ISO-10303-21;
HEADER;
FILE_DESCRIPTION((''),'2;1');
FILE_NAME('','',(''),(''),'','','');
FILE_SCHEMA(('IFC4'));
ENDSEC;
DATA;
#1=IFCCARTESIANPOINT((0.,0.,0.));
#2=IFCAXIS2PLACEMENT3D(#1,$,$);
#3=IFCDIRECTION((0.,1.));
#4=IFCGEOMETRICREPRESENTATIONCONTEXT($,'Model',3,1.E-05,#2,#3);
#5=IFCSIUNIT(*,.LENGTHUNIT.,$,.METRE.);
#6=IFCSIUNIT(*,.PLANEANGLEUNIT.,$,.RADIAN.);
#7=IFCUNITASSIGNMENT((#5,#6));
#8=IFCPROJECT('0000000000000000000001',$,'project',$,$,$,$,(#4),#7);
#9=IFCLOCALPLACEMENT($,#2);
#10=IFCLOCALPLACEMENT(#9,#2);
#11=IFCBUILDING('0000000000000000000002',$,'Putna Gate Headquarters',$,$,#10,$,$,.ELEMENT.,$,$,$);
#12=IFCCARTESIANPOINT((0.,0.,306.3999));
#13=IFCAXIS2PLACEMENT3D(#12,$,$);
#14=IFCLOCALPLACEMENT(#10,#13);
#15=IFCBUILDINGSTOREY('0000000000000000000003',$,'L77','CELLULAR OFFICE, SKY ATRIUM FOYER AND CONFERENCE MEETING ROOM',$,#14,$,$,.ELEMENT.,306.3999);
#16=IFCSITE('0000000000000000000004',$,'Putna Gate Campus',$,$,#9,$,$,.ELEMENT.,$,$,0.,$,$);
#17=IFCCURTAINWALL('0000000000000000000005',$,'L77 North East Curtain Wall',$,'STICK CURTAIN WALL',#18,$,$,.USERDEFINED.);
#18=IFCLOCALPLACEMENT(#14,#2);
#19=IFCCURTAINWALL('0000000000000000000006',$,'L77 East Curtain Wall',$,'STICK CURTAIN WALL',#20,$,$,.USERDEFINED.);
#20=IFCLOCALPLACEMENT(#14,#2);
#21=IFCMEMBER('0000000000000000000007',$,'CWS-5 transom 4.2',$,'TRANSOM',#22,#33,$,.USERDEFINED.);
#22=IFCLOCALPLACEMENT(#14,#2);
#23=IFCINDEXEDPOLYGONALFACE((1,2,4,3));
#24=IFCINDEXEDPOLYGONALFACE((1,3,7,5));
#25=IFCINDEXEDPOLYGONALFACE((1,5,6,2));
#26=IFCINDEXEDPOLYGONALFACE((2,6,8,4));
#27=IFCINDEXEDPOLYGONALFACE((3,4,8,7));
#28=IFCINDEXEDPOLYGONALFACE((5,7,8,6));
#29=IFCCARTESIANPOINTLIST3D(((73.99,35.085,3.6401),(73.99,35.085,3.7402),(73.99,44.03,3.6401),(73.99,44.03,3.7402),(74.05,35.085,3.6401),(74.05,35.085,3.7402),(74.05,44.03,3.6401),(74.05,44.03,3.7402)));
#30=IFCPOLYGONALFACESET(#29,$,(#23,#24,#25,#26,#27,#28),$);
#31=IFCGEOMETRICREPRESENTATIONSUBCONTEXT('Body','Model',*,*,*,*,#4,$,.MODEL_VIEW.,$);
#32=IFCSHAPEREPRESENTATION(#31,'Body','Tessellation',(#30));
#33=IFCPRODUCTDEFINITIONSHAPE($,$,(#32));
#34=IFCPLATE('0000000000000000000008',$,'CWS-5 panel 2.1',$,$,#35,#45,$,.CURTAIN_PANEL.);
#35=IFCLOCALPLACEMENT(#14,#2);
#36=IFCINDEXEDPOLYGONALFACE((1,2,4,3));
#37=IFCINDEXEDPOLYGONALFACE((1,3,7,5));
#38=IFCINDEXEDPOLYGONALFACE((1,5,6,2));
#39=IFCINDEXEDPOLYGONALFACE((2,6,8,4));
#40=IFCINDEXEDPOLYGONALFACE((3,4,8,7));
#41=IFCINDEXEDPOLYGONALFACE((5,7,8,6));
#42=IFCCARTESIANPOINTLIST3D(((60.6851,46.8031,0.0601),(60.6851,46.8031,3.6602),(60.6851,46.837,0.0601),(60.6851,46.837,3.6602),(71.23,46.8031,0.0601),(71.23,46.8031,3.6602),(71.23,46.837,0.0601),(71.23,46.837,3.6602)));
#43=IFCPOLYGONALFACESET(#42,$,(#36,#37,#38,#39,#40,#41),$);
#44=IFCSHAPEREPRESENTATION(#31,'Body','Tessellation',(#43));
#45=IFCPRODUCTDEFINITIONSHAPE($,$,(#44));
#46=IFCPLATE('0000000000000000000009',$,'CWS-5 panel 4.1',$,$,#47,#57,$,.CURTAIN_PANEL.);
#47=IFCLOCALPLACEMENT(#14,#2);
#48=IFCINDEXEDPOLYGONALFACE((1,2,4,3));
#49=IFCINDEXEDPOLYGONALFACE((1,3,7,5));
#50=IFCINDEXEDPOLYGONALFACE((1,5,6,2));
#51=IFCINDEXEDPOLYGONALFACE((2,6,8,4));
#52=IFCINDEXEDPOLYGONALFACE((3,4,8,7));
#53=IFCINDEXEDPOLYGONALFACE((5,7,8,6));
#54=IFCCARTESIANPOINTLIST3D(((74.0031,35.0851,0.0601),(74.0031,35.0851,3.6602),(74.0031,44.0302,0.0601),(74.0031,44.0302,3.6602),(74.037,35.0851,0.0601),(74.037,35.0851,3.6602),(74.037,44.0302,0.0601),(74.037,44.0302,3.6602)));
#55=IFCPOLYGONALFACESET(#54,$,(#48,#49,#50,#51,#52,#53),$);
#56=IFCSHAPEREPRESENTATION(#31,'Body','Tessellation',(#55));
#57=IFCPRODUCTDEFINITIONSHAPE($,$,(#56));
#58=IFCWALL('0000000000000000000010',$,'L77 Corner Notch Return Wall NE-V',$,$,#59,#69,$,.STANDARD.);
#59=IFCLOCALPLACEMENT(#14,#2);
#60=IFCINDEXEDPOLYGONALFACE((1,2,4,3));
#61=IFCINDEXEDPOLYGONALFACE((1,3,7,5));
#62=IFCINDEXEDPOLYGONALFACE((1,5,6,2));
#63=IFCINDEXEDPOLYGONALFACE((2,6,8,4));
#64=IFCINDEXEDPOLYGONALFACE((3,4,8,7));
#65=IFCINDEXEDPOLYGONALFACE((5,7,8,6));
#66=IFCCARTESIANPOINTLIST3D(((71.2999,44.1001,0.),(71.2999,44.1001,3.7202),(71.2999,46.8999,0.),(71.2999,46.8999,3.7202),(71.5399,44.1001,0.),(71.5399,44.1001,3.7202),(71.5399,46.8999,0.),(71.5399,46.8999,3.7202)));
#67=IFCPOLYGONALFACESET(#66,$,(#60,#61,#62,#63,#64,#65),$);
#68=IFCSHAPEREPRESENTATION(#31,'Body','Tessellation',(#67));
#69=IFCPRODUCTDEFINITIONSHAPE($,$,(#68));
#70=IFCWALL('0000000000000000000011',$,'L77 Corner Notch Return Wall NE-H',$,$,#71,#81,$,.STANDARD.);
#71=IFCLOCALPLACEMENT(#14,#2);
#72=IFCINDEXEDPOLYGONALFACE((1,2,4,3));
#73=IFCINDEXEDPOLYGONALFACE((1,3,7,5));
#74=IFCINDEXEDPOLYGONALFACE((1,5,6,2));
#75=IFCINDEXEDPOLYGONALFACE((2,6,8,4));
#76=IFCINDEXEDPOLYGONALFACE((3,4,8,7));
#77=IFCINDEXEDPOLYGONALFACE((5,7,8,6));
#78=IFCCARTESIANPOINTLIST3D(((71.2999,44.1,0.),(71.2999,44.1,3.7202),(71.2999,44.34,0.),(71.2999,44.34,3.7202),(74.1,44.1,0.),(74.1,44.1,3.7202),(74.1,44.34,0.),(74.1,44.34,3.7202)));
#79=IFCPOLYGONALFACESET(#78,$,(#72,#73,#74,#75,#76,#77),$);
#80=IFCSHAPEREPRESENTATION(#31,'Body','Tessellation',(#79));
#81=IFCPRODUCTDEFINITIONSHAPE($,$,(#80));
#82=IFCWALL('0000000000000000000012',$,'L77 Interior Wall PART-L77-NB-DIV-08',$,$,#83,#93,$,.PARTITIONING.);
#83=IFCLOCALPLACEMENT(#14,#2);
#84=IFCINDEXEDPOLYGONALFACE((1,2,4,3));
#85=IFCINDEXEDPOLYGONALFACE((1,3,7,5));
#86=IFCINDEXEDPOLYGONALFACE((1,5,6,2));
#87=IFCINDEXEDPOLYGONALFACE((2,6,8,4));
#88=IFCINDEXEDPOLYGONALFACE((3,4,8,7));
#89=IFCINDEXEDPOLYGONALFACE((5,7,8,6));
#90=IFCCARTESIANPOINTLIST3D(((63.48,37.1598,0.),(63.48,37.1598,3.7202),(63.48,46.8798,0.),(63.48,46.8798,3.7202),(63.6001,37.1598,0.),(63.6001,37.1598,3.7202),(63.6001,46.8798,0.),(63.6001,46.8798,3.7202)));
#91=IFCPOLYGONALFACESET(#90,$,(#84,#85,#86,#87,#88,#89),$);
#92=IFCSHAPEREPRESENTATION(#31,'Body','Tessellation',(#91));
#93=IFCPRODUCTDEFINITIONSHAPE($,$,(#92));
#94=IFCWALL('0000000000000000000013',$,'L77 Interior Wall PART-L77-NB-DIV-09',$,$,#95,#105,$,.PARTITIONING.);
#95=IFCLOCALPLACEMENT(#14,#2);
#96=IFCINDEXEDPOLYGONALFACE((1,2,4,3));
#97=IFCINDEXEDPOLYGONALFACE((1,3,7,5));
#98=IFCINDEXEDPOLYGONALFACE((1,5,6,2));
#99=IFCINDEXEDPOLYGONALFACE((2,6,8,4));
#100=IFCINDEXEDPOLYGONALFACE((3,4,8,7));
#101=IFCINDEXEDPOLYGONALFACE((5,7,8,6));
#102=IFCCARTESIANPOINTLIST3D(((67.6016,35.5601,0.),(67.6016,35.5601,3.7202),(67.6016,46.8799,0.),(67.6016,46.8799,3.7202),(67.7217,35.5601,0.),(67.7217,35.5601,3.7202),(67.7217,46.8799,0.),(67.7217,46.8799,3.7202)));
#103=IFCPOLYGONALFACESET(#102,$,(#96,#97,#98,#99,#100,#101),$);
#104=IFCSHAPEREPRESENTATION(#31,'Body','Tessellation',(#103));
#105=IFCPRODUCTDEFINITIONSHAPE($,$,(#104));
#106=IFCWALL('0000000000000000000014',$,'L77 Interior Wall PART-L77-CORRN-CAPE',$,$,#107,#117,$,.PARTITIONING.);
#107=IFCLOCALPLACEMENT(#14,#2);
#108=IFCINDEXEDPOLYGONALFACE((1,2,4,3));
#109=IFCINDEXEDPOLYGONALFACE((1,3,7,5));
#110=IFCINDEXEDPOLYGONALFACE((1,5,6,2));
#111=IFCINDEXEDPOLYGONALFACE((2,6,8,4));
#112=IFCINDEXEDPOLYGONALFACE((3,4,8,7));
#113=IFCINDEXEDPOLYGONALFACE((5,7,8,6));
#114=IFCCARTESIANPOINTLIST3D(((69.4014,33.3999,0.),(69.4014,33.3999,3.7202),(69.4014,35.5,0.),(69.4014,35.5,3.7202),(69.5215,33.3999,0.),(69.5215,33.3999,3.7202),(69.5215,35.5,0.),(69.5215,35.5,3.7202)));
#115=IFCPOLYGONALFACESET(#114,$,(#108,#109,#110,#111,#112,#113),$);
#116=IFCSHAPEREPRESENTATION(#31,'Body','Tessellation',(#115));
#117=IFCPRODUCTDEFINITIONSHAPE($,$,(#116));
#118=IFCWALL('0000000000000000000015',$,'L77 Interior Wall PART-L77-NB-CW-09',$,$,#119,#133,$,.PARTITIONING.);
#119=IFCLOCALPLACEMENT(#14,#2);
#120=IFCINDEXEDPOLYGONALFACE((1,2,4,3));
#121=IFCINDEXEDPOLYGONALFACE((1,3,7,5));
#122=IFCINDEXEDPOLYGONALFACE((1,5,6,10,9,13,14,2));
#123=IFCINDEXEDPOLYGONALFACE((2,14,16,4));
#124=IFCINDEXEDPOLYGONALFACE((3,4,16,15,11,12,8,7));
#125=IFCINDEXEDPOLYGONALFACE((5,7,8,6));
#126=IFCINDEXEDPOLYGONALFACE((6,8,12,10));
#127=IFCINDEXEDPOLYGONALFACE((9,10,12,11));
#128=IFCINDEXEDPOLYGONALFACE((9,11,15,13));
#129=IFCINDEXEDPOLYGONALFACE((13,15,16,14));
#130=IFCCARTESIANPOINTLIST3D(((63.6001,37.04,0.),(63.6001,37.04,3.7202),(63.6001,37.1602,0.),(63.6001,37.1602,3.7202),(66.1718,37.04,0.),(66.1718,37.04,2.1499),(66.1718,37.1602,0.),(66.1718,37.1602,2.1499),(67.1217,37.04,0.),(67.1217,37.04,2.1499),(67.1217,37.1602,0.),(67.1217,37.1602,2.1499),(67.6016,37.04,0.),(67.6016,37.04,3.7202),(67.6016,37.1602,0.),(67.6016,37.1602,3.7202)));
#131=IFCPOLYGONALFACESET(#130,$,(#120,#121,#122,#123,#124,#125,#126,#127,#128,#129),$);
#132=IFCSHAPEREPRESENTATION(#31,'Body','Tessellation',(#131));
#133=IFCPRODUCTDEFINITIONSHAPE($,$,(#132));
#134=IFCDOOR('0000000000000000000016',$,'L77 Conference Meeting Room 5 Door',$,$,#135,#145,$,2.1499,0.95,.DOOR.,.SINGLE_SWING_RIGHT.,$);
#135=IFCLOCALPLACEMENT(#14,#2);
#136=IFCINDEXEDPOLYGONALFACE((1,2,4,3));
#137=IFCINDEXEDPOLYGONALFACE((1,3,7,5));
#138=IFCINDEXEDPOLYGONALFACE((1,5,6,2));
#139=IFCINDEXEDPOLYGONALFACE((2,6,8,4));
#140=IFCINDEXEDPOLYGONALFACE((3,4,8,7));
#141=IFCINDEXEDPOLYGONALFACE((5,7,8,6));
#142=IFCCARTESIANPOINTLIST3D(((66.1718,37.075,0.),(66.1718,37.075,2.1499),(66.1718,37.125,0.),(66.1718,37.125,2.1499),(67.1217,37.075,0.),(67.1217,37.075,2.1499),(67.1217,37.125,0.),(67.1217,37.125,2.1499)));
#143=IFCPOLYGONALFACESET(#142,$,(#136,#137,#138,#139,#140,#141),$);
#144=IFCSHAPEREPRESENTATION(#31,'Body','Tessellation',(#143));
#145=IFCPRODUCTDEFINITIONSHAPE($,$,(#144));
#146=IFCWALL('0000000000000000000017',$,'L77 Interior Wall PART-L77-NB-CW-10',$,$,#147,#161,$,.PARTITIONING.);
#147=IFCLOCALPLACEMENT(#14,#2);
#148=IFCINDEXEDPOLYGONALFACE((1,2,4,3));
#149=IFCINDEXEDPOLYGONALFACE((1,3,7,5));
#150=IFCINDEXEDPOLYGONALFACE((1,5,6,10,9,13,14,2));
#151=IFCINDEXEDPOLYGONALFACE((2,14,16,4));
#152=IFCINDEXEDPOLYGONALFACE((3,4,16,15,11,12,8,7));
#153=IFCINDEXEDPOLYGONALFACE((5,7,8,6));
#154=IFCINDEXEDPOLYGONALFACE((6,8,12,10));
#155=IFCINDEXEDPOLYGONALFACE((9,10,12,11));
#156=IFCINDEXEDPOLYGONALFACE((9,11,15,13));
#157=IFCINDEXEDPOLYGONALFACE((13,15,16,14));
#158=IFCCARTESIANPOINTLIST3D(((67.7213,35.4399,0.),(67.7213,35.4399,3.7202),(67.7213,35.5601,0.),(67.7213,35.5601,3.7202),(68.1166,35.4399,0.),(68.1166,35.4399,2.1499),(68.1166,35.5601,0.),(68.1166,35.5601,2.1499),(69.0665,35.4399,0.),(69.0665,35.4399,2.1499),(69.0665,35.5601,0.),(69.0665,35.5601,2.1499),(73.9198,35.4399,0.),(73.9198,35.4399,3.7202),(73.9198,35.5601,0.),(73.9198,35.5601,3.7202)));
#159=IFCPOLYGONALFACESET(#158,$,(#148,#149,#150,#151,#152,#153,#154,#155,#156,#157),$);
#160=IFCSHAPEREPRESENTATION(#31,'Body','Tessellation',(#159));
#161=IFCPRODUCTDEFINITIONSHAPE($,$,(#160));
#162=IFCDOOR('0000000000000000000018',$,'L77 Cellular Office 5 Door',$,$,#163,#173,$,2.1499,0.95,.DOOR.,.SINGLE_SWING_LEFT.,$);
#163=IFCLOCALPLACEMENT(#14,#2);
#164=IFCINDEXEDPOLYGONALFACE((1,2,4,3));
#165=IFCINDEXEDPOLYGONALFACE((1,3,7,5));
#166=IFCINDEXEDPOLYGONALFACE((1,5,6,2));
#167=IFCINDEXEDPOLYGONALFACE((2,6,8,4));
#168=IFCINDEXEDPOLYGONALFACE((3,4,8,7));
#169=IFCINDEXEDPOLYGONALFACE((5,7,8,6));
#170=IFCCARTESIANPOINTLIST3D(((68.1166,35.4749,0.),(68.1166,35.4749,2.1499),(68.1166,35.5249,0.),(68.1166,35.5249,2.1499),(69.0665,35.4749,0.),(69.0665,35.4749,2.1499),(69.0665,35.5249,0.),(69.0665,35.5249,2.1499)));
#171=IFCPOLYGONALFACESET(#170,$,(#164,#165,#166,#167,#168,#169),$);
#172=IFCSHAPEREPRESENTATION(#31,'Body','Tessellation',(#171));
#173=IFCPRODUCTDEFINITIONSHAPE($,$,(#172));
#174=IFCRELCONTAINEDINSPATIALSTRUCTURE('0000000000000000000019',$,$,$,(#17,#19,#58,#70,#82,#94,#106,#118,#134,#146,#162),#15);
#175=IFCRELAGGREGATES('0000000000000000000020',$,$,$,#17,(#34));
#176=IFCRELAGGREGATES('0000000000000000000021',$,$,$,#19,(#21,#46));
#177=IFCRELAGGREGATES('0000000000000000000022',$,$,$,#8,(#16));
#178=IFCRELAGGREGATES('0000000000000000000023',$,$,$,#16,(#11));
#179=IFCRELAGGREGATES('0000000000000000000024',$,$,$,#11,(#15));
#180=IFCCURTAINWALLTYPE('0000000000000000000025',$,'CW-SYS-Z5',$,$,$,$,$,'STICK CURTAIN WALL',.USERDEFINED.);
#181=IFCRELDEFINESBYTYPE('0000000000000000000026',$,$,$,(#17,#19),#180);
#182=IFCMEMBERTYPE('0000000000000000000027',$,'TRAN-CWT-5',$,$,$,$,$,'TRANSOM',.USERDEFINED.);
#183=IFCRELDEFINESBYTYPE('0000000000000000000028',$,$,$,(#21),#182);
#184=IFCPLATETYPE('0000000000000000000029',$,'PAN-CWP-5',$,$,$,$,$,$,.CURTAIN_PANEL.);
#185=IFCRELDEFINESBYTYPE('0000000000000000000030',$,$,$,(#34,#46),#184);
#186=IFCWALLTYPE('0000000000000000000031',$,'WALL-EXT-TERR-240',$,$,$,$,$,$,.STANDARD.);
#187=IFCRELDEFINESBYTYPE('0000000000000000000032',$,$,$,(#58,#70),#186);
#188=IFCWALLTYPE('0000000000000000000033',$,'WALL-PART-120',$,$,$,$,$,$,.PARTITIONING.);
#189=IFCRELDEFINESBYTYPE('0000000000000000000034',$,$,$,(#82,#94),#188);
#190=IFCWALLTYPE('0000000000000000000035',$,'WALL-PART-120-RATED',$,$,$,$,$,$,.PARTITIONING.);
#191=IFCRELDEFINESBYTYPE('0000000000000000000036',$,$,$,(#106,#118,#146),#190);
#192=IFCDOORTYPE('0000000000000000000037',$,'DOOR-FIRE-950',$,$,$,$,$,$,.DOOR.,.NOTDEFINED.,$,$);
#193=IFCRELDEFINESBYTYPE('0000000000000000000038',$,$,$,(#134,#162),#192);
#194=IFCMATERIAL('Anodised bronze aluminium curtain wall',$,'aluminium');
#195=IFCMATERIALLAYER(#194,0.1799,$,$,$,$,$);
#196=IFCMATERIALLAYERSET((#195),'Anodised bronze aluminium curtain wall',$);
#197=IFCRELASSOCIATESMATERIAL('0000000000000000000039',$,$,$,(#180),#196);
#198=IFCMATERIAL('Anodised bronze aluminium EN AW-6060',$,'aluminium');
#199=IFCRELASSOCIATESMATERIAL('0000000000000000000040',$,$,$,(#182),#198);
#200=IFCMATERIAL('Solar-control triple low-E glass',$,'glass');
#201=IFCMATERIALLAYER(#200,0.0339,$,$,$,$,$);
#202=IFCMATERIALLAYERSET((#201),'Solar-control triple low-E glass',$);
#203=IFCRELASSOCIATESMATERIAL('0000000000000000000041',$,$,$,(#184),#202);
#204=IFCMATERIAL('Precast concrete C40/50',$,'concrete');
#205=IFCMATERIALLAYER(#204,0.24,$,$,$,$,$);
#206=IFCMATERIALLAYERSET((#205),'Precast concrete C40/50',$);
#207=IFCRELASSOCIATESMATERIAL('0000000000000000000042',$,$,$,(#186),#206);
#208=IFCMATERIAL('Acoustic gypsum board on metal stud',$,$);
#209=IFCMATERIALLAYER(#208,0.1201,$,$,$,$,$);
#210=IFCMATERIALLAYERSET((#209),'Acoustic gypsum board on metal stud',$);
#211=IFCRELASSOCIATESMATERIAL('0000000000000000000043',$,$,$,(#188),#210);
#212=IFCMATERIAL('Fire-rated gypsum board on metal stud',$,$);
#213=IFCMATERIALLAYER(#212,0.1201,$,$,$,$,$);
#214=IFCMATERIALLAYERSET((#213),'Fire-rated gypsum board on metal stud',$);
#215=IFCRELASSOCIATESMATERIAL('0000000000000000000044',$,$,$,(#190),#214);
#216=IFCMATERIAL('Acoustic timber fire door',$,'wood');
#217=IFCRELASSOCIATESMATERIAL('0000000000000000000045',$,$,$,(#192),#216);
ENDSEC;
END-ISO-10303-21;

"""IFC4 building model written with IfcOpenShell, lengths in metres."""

from ifc_helpers import new_model, si_unit, direction, frame, frame_2d, origin, origin_2d, place, context, subcontext, project, spatial, rectangle, extrude, material, layer, layer_set, material_profile, profile_set, type_object, element, fill, aggregate, save


model = new_model("IFC4")

# Units and contexts
model_context = context("Model", 3, precision=1e-05, world=origin(), true_north=direction((0.0, 1.0)))
body_context = subcontext(model_context, "Body", "Model", "MODEL_VIEW")
ifc_project = project(units=[si_unit("LENGTHUNIT", "METRE"), si_unit("PLANEANGLEUNIT", "RADIAN")], contexts=[model_context])

# Site, building, storey
site_placement = place(None, origin())
site = spatial("IfcSite", under=ifc_project, at=site_placement, Name="Putna Gate Campus", CompositionType="ELEMENT", RefElevation=0.0)
building_placement = place(site_placement, origin())
building = spatial("IfcBuilding", under=site, at=building_placement, Name="Putna Gate Headquarters", CompositionType="ELEMENT")
storey_placement = place(building_placement, frame((0.0, 0.0, 306.3999)))
storey = spatial("IfcBuildingStorey", under=building, at=storey_placement, Name="L77", Description="CELLULAR OFFICE, SKY ATRIUM FOYER AND CONFERENCE MEETING ROOM", CompositionType="ELEMENT", Elevation=306.3999)

# Curtain walls
ifc_material_1 = material(Name="Anodised bronze aluminium curtain wall", Category="aluminium")
ifc_layer_1 = layer(ifc_material_1, 0.1799)
ifc_layer_set_1 = layer_set([ifc_layer_1], Name="Anodised bronze aluminium curtain wall")
curtain_wall_type = type_object("IfcCurtainWallType", Name="CW-SYS-Z5", ElementType="STICK CURTAIN WALL", PredefinedType="USERDEFINED", material=ifc_layer_set_1)
curtain_wall_1_placement = place(storey_placement, origin())
curtain_wall_1 = element("IfcCurtainWall", 1, at=curtain_wall_1_placement, inside=storey, type_object=curtain_wall_type, Name="L77 North East Curtain Wall", ObjectType="STICK CURTAIN WALL", PredefinedType="USERDEFINED")
ifc_material_2 = material(Name="Anodised bronze aluminium EN AW-6060", Category="aluminium")
curtain_wall_2_placement = place(storey_placement, origin())
curtain_wall_2 = element("IfcCurtainWall", 2, at=curtain_wall_2_placement, inside=storey, type_object=curtain_wall_type, Name="L77 East Curtain Wall", ObjectType="STICK CURTAIN WALL", PredefinedType="USERDEFINED")

# Member
ifc_material_profile_1 = material_profile(ifc_material_2, rectangle(XDim=0.0601, YDim=0.1001, at=origin_2d()), Name="Anodised bronze aluminium EN AW-6060")
ifc_profile_set_1 = profile_set([ifc_material_profile_1], Name="Anodised bronze aluminium EN AW-6060")
member_type_1 = type_object("IfcMemberType", Name="TRAN-CWT-5", ElementType="TRANSOM", PredefinedType="USERDEFINED", material=ifc_profile_set_1)
member_1_placement = place(storey_placement, frame((74.02, 35.085, 3.6902), z_axis=(0.0, 1.0, 0.0), x_axis=(-1.0, 0.0, 0.0)))
member_1 = element("IfcMember", 3, at=member_1_placement, type_object=member_type_1, Name="CWS-5 transom 4.2", ObjectType="TRANSOM", PredefinedType="USERDEFINED", context=body_context, shape_type="SweptSolid", body=[
    extrude(rectangle(XDim=0.0601, YDim=0.1001, at=origin_2d()), origin(), (0.0, 0.0, 1.0), 8.9451),
])

# Plates
ifc_material_3 = material(Name="Solar-control triple low-E glass", Category="glass")
ifc_layer_2 = layer(ifc_material_3, 0.0339)
ifc_layer_set_2 = layer_set([ifc_layer_2], Name="Solar-control triple low-E glass")
plate_type = type_object("IfcPlateType", Name="PAN-CWP-5", PredefinedType="CURTAIN_PANEL", material=ifc_layer_set_2)
plate_1_placement = place(storey_placement, frame((65.9575, 46.8201, 0.0601), z_axis=(0.0, 0.0, 1.0), x_axis=(1.0, 0.0, 0.0)))
plate_1 = element("IfcPlate", 4, at=plate_1_placement, type_object=plate_type, Name="CWS-5 panel 2.1", PredefinedType="CURTAIN_PANEL", context=body_context, shape_type="SweptSolid", body=[
    extrude(rectangle(XDim=10.5449, YDim=0.0339, at=origin_2d()), origin(), (0.0, 0.0, 1.0), 3.6001),
])
aggregate(curtain_wall_1, [plate_1])
plate_2_placement = place(storey_placement, frame((74.02, 39.5576, 0.0601), z_axis=(0.0, 0.0, 1.0), x_axis=(0.0, 1.0, 0.0)))
plate_2 = element("IfcPlate", 5, at=plate_2_placement, type_object=plate_type, Name="CWS-5 panel 4.1", PredefinedType="CURTAIN_PANEL", context=body_context, shape_type="SweptSolid", body=[
    extrude(rectangle(XDim=8.9451, YDim=0.0339, at=origin_2d()), origin(), (0.0, 0.0, 1.0), 3.6001),
])
aggregate(curtain_wall_2, [member_1, plate_2])

# Walls
ifc_material_4 = material(Name="Precast concrete C40/50", Category="concrete")
ifc_layer_3 = layer(ifc_material_4, 0.24)
ifc_layer_set_3 = layer_set([ifc_layer_3], Name="Precast concrete C40/50")
wall_type_1 = type_object("IfcWallType", Name="WALL-EXT-TERR-240", PredefinedType="STANDARD", material=ifc_layer_set_3)
wall_1_placement = place(storey_placement, frame((71.4199, 46.8999, 0.0), z_axis=(0.0, 0.0, 1.0), x_axis=(0.0, -1.0, 0.0)))
element("IfcWall", 6, at=wall_1_placement, inside=storey, type_object=wall_type_1, Name="L77 Corner Notch Return Wall NE-V", PredefinedType="STANDARD", context=body_context, shape_type="SweptSolid", body=[
    extrude(rectangle(XDim=2.7998, YDim=0.24, at=frame_2d((1.3999, 0.0))), origin(), (0.0, 0.0, 1.0), 3.7202),
])
wall_2_placement = place(storey_placement, frame((71.3, 44.22, 0.0), z_axis=(0.0, 0.0, 1.0), x_axis=(1.0, 0.0, 0.0)))
element("IfcWall", 7, at=wall_2_placement, inside=storey, type_object=wall_type_1, Name="L77 Corner Notch Return Wall NE-H", PredefinedType="STANDARD", context=body_context, shape_type="SweptSolid", body=[
    extrude(rectangle(XDim=2.8, YDim=0.24, at=frame_2d((1.3999, 0.0))), origin(), (0.0, 0.0, 1.0), 3.7202),
])
ifc_material_5 = material(Name="Acoustic gypsum board on metal stud")
ifc_layer_4 = layer(ifc_material_5, 0.1201)
ifc_layer_set_4 = layer_set([ifc_layer_4], Name="Acoustic gypsum board on metal stud")
wall_type_2 = type_object("IfcWallType", Name="WALL-PART-120", PredefinedType="PARTITIONING", material=ifc_layer_set_4)
wall_3_placement = place(storey_placement, frame((63.54, 37.1599, 0.0), z_axis=(0.0, 0.0, 1.0), x_axis=(0.0, 1.0, 0.0)))
element("IfcWall", 8, at=wall_3_placement, inside=storey, type_object=wall_type_2, Name="L77 Interior Wall PART-L77-NB-DIV-08", PredefinedType="PARTITIONING", context=body_context, shape_type="SweptSolid", body=[
    extrude(rectangle(XDim=9.72, YDim=0.1201, at=frame_2d((4.8599, 0.0))), origin(), (0.0, 0.0, 1.0), 3.7202),
])
wall_4_placement = place(storey_placement, frame((67.6616, 35.5601, 0.0), z_axis=(0.0, 0.0, 1.0), x_axis=(0.0, 1.0, 0.0)))
element("IfcWall", 9, at=wall_4_placement, inside=storey, type_object=wall_type_2, Name="L77 Interior Wall PART-L77-NB-DIV-09", PredefinedType="PARTITIONING", context=body_context, shape_type="SweptSolid", body=[
    extrude(rectangle(XDim=11.3198, YDim=0.1201, at=frame_2d((5.6599, 0.0))), origin(), (0.0, 0.0, 1.0), 3.7202),
])
ifc_material_6 = material(Name="Fire-rated gypsum board on metal stud")
ifc_layer_5 = layer(ifc_material_6, 0.1201)
ifc_layer_set_5 = layer_set([ifc_layer_5], Name="Fire-rated gypsum board on metal stud")
wall_type_3 = type_object("IfcWallType", Name="WALL-PART-120-RATED", PredefinedType="PARTITIONING", material=ifc_layer_set_5)
wall_5_placement = place(storey_placement, frame((69.4614, 33.3999, 0.0), z_axis=(0.0, 0.0, 1.0), x_axis=(0.0, 1.0, 0.0)))
element("IfcWall", 10, at=wall_5_placement, inside=storey, type_object=wall_type_3, Name="L77 Interior Wall PART-L77-CORRN-CAPE", PredefinedType="PARTITIONING", context=body_context, shape_type="SweptSolid", body=[
    extrude(rectangle(XDim=2.1001, YDim=0.1201, at=frame_2d((1.05, 0.0))), origin(), (0.0, 0.0, 1.0), 3.7202),
])

# Walls, openings, doors
wall_6_placement = place(storey_placement, frame((63.6001, 37.1001, 0.0), z_axis=(0.0, 0.0, 1.0), x_axis=(1.0, 0.0, 0.0)))
wall_6 = element("IfcWall", 11, at=wall_6_placement, inside=storey, type_object=wall_type_3, Name="L77 Interior Wall PART-L77-NB-CW-09", PredefinedType="PARTITIONING", context=body_context, shape_type="SweptSolid", body=[
    extrude(rectangle(XDim=4.0015, YDim=0.1201, at=frame_2d((2.0007, 0.0))), origin(), (0.0, 0.0, 1.0), 3.7202),
])
opening_1_placement = place(wall_6_placement, frame((2.5715, 0.0, 0.0)))
opening_1 = element("IfcOpeningElement", 12, at=opening_1_placement, cuts=wall_6, PredefinedType="OPENING", context=body_context, shape_type="SweptSolid", body=[
    extrude(rectangle(XDim=0.95, YDim=2.1499, at=frame_2d((0.4751, 1.075))), frame((0.0, 0.0701, 0.0), z_axis=(0.0, -1.0, 0.0), x_axis=(1.0, 0.0, 0.0)), (0.0, 0.0, 1.0), 0.1401),
])
ifc_material_7 = material(Name="Acoustic timber fire door", Category="wood")
door_type = type_object("IfcDoorType", Name="DOOR-FIRE-950", OperationType="NOTDEFINED", PredefinedType="DOOR", material=ifc_material_7)
door_1_placement = place(opening_1_placement, origin())
door_1 = element("IfcDoor", 13, at=door_1_placement, inside=storey, type_object=door_type, Name="L77 Conference Meeting Room 5 Door", OperationType="SINGLE_SWING_RIGHT", OverallHeight=2.1499, OverallWidth=0.95, PredefinedType="DOOR", context=body_context, shape_type="SweptSolid", body=[
    extrude(rectangle(XDim=0.95, YDim=2.1499, at=frame_2d((0.4751, 1.075))), frame((0.0, 0.0249, 0.0), z_axis=(0.0, -1.0, 0.0), x_axis=(1.0, 0.0, 0.0)), (0.0, 0.0, 1.0), 0.05),
])
fill(opening_1, door_1)
wall_7_placement = place(storey_placement, frame((67.7214, 35.5, 0.0), z_axis=(0.0, 0.0, 1.0), x_axis=(1.0, 0.0, 0.0)))
wall_7 = element("IfcWall", 14, at=wall_7_placement, inside=storey, type_object=wall_type_3, Name="L77 Interior Wall PART-L77-NB-CW-10", PredefinedType="PARTITIONING", context=body_context, shape_type="SweptSolid", body=[
    extrude(rectangle(XDim=6.1985, YDim=0.1201, at=frame_2d((3.0991, 0.0))), origin(), (0.0, 0.0, 1.0), 3.7202),
])
opening_2_placement = place(wall_7_placement, frame((0.395, 0.0, 0.0)))
opening_2 = element("IfcOpeningElement", 15, at=opening_2_placement, cuts=wall_7, PredefinedType="OPENING", context=body_context, shape_type="SweptSolid", body=[
    extrude(rectangle(XDim=0.95, YDim=2.1499, at=frame_2d((0.4751, 1.075))), frame((0.0, 0.0701, 0.0), z_axis=(0.0, -1.0, 0.0), x_axis=(1.0, 0.0, 0.0)), (0.0, 0.0, 1.0), 0.1401),
])
door_2_placement = place(opening_2_placement, origin())
door_2 = element("IfcDoor", 16, at=door_2_placement, inside=storey, type_object=door_type, Name="L77 Cellular Office 5 Door", OperationType="SINGLE_SWING_LEFT", OverallHeight=2.1499, OverallWidth=0.95, PredefinedType="DOOR", context=body_context, shape_type="SweptSolid", body=[
    extrude(rectangle(XDim=0.95, YDim=2.1499, at=frame_2d((0.4751, 1.075))), frame((0.0, 0.0249, 0.0), z_axis=(0.0, -1.0, 0.0), x_axis=(1.0, 0.0, 0.0)), (0.0, 0.0, 1.0), 0.05),
])
fill(opening_2, door_2)

save(model, "model.ifc")
